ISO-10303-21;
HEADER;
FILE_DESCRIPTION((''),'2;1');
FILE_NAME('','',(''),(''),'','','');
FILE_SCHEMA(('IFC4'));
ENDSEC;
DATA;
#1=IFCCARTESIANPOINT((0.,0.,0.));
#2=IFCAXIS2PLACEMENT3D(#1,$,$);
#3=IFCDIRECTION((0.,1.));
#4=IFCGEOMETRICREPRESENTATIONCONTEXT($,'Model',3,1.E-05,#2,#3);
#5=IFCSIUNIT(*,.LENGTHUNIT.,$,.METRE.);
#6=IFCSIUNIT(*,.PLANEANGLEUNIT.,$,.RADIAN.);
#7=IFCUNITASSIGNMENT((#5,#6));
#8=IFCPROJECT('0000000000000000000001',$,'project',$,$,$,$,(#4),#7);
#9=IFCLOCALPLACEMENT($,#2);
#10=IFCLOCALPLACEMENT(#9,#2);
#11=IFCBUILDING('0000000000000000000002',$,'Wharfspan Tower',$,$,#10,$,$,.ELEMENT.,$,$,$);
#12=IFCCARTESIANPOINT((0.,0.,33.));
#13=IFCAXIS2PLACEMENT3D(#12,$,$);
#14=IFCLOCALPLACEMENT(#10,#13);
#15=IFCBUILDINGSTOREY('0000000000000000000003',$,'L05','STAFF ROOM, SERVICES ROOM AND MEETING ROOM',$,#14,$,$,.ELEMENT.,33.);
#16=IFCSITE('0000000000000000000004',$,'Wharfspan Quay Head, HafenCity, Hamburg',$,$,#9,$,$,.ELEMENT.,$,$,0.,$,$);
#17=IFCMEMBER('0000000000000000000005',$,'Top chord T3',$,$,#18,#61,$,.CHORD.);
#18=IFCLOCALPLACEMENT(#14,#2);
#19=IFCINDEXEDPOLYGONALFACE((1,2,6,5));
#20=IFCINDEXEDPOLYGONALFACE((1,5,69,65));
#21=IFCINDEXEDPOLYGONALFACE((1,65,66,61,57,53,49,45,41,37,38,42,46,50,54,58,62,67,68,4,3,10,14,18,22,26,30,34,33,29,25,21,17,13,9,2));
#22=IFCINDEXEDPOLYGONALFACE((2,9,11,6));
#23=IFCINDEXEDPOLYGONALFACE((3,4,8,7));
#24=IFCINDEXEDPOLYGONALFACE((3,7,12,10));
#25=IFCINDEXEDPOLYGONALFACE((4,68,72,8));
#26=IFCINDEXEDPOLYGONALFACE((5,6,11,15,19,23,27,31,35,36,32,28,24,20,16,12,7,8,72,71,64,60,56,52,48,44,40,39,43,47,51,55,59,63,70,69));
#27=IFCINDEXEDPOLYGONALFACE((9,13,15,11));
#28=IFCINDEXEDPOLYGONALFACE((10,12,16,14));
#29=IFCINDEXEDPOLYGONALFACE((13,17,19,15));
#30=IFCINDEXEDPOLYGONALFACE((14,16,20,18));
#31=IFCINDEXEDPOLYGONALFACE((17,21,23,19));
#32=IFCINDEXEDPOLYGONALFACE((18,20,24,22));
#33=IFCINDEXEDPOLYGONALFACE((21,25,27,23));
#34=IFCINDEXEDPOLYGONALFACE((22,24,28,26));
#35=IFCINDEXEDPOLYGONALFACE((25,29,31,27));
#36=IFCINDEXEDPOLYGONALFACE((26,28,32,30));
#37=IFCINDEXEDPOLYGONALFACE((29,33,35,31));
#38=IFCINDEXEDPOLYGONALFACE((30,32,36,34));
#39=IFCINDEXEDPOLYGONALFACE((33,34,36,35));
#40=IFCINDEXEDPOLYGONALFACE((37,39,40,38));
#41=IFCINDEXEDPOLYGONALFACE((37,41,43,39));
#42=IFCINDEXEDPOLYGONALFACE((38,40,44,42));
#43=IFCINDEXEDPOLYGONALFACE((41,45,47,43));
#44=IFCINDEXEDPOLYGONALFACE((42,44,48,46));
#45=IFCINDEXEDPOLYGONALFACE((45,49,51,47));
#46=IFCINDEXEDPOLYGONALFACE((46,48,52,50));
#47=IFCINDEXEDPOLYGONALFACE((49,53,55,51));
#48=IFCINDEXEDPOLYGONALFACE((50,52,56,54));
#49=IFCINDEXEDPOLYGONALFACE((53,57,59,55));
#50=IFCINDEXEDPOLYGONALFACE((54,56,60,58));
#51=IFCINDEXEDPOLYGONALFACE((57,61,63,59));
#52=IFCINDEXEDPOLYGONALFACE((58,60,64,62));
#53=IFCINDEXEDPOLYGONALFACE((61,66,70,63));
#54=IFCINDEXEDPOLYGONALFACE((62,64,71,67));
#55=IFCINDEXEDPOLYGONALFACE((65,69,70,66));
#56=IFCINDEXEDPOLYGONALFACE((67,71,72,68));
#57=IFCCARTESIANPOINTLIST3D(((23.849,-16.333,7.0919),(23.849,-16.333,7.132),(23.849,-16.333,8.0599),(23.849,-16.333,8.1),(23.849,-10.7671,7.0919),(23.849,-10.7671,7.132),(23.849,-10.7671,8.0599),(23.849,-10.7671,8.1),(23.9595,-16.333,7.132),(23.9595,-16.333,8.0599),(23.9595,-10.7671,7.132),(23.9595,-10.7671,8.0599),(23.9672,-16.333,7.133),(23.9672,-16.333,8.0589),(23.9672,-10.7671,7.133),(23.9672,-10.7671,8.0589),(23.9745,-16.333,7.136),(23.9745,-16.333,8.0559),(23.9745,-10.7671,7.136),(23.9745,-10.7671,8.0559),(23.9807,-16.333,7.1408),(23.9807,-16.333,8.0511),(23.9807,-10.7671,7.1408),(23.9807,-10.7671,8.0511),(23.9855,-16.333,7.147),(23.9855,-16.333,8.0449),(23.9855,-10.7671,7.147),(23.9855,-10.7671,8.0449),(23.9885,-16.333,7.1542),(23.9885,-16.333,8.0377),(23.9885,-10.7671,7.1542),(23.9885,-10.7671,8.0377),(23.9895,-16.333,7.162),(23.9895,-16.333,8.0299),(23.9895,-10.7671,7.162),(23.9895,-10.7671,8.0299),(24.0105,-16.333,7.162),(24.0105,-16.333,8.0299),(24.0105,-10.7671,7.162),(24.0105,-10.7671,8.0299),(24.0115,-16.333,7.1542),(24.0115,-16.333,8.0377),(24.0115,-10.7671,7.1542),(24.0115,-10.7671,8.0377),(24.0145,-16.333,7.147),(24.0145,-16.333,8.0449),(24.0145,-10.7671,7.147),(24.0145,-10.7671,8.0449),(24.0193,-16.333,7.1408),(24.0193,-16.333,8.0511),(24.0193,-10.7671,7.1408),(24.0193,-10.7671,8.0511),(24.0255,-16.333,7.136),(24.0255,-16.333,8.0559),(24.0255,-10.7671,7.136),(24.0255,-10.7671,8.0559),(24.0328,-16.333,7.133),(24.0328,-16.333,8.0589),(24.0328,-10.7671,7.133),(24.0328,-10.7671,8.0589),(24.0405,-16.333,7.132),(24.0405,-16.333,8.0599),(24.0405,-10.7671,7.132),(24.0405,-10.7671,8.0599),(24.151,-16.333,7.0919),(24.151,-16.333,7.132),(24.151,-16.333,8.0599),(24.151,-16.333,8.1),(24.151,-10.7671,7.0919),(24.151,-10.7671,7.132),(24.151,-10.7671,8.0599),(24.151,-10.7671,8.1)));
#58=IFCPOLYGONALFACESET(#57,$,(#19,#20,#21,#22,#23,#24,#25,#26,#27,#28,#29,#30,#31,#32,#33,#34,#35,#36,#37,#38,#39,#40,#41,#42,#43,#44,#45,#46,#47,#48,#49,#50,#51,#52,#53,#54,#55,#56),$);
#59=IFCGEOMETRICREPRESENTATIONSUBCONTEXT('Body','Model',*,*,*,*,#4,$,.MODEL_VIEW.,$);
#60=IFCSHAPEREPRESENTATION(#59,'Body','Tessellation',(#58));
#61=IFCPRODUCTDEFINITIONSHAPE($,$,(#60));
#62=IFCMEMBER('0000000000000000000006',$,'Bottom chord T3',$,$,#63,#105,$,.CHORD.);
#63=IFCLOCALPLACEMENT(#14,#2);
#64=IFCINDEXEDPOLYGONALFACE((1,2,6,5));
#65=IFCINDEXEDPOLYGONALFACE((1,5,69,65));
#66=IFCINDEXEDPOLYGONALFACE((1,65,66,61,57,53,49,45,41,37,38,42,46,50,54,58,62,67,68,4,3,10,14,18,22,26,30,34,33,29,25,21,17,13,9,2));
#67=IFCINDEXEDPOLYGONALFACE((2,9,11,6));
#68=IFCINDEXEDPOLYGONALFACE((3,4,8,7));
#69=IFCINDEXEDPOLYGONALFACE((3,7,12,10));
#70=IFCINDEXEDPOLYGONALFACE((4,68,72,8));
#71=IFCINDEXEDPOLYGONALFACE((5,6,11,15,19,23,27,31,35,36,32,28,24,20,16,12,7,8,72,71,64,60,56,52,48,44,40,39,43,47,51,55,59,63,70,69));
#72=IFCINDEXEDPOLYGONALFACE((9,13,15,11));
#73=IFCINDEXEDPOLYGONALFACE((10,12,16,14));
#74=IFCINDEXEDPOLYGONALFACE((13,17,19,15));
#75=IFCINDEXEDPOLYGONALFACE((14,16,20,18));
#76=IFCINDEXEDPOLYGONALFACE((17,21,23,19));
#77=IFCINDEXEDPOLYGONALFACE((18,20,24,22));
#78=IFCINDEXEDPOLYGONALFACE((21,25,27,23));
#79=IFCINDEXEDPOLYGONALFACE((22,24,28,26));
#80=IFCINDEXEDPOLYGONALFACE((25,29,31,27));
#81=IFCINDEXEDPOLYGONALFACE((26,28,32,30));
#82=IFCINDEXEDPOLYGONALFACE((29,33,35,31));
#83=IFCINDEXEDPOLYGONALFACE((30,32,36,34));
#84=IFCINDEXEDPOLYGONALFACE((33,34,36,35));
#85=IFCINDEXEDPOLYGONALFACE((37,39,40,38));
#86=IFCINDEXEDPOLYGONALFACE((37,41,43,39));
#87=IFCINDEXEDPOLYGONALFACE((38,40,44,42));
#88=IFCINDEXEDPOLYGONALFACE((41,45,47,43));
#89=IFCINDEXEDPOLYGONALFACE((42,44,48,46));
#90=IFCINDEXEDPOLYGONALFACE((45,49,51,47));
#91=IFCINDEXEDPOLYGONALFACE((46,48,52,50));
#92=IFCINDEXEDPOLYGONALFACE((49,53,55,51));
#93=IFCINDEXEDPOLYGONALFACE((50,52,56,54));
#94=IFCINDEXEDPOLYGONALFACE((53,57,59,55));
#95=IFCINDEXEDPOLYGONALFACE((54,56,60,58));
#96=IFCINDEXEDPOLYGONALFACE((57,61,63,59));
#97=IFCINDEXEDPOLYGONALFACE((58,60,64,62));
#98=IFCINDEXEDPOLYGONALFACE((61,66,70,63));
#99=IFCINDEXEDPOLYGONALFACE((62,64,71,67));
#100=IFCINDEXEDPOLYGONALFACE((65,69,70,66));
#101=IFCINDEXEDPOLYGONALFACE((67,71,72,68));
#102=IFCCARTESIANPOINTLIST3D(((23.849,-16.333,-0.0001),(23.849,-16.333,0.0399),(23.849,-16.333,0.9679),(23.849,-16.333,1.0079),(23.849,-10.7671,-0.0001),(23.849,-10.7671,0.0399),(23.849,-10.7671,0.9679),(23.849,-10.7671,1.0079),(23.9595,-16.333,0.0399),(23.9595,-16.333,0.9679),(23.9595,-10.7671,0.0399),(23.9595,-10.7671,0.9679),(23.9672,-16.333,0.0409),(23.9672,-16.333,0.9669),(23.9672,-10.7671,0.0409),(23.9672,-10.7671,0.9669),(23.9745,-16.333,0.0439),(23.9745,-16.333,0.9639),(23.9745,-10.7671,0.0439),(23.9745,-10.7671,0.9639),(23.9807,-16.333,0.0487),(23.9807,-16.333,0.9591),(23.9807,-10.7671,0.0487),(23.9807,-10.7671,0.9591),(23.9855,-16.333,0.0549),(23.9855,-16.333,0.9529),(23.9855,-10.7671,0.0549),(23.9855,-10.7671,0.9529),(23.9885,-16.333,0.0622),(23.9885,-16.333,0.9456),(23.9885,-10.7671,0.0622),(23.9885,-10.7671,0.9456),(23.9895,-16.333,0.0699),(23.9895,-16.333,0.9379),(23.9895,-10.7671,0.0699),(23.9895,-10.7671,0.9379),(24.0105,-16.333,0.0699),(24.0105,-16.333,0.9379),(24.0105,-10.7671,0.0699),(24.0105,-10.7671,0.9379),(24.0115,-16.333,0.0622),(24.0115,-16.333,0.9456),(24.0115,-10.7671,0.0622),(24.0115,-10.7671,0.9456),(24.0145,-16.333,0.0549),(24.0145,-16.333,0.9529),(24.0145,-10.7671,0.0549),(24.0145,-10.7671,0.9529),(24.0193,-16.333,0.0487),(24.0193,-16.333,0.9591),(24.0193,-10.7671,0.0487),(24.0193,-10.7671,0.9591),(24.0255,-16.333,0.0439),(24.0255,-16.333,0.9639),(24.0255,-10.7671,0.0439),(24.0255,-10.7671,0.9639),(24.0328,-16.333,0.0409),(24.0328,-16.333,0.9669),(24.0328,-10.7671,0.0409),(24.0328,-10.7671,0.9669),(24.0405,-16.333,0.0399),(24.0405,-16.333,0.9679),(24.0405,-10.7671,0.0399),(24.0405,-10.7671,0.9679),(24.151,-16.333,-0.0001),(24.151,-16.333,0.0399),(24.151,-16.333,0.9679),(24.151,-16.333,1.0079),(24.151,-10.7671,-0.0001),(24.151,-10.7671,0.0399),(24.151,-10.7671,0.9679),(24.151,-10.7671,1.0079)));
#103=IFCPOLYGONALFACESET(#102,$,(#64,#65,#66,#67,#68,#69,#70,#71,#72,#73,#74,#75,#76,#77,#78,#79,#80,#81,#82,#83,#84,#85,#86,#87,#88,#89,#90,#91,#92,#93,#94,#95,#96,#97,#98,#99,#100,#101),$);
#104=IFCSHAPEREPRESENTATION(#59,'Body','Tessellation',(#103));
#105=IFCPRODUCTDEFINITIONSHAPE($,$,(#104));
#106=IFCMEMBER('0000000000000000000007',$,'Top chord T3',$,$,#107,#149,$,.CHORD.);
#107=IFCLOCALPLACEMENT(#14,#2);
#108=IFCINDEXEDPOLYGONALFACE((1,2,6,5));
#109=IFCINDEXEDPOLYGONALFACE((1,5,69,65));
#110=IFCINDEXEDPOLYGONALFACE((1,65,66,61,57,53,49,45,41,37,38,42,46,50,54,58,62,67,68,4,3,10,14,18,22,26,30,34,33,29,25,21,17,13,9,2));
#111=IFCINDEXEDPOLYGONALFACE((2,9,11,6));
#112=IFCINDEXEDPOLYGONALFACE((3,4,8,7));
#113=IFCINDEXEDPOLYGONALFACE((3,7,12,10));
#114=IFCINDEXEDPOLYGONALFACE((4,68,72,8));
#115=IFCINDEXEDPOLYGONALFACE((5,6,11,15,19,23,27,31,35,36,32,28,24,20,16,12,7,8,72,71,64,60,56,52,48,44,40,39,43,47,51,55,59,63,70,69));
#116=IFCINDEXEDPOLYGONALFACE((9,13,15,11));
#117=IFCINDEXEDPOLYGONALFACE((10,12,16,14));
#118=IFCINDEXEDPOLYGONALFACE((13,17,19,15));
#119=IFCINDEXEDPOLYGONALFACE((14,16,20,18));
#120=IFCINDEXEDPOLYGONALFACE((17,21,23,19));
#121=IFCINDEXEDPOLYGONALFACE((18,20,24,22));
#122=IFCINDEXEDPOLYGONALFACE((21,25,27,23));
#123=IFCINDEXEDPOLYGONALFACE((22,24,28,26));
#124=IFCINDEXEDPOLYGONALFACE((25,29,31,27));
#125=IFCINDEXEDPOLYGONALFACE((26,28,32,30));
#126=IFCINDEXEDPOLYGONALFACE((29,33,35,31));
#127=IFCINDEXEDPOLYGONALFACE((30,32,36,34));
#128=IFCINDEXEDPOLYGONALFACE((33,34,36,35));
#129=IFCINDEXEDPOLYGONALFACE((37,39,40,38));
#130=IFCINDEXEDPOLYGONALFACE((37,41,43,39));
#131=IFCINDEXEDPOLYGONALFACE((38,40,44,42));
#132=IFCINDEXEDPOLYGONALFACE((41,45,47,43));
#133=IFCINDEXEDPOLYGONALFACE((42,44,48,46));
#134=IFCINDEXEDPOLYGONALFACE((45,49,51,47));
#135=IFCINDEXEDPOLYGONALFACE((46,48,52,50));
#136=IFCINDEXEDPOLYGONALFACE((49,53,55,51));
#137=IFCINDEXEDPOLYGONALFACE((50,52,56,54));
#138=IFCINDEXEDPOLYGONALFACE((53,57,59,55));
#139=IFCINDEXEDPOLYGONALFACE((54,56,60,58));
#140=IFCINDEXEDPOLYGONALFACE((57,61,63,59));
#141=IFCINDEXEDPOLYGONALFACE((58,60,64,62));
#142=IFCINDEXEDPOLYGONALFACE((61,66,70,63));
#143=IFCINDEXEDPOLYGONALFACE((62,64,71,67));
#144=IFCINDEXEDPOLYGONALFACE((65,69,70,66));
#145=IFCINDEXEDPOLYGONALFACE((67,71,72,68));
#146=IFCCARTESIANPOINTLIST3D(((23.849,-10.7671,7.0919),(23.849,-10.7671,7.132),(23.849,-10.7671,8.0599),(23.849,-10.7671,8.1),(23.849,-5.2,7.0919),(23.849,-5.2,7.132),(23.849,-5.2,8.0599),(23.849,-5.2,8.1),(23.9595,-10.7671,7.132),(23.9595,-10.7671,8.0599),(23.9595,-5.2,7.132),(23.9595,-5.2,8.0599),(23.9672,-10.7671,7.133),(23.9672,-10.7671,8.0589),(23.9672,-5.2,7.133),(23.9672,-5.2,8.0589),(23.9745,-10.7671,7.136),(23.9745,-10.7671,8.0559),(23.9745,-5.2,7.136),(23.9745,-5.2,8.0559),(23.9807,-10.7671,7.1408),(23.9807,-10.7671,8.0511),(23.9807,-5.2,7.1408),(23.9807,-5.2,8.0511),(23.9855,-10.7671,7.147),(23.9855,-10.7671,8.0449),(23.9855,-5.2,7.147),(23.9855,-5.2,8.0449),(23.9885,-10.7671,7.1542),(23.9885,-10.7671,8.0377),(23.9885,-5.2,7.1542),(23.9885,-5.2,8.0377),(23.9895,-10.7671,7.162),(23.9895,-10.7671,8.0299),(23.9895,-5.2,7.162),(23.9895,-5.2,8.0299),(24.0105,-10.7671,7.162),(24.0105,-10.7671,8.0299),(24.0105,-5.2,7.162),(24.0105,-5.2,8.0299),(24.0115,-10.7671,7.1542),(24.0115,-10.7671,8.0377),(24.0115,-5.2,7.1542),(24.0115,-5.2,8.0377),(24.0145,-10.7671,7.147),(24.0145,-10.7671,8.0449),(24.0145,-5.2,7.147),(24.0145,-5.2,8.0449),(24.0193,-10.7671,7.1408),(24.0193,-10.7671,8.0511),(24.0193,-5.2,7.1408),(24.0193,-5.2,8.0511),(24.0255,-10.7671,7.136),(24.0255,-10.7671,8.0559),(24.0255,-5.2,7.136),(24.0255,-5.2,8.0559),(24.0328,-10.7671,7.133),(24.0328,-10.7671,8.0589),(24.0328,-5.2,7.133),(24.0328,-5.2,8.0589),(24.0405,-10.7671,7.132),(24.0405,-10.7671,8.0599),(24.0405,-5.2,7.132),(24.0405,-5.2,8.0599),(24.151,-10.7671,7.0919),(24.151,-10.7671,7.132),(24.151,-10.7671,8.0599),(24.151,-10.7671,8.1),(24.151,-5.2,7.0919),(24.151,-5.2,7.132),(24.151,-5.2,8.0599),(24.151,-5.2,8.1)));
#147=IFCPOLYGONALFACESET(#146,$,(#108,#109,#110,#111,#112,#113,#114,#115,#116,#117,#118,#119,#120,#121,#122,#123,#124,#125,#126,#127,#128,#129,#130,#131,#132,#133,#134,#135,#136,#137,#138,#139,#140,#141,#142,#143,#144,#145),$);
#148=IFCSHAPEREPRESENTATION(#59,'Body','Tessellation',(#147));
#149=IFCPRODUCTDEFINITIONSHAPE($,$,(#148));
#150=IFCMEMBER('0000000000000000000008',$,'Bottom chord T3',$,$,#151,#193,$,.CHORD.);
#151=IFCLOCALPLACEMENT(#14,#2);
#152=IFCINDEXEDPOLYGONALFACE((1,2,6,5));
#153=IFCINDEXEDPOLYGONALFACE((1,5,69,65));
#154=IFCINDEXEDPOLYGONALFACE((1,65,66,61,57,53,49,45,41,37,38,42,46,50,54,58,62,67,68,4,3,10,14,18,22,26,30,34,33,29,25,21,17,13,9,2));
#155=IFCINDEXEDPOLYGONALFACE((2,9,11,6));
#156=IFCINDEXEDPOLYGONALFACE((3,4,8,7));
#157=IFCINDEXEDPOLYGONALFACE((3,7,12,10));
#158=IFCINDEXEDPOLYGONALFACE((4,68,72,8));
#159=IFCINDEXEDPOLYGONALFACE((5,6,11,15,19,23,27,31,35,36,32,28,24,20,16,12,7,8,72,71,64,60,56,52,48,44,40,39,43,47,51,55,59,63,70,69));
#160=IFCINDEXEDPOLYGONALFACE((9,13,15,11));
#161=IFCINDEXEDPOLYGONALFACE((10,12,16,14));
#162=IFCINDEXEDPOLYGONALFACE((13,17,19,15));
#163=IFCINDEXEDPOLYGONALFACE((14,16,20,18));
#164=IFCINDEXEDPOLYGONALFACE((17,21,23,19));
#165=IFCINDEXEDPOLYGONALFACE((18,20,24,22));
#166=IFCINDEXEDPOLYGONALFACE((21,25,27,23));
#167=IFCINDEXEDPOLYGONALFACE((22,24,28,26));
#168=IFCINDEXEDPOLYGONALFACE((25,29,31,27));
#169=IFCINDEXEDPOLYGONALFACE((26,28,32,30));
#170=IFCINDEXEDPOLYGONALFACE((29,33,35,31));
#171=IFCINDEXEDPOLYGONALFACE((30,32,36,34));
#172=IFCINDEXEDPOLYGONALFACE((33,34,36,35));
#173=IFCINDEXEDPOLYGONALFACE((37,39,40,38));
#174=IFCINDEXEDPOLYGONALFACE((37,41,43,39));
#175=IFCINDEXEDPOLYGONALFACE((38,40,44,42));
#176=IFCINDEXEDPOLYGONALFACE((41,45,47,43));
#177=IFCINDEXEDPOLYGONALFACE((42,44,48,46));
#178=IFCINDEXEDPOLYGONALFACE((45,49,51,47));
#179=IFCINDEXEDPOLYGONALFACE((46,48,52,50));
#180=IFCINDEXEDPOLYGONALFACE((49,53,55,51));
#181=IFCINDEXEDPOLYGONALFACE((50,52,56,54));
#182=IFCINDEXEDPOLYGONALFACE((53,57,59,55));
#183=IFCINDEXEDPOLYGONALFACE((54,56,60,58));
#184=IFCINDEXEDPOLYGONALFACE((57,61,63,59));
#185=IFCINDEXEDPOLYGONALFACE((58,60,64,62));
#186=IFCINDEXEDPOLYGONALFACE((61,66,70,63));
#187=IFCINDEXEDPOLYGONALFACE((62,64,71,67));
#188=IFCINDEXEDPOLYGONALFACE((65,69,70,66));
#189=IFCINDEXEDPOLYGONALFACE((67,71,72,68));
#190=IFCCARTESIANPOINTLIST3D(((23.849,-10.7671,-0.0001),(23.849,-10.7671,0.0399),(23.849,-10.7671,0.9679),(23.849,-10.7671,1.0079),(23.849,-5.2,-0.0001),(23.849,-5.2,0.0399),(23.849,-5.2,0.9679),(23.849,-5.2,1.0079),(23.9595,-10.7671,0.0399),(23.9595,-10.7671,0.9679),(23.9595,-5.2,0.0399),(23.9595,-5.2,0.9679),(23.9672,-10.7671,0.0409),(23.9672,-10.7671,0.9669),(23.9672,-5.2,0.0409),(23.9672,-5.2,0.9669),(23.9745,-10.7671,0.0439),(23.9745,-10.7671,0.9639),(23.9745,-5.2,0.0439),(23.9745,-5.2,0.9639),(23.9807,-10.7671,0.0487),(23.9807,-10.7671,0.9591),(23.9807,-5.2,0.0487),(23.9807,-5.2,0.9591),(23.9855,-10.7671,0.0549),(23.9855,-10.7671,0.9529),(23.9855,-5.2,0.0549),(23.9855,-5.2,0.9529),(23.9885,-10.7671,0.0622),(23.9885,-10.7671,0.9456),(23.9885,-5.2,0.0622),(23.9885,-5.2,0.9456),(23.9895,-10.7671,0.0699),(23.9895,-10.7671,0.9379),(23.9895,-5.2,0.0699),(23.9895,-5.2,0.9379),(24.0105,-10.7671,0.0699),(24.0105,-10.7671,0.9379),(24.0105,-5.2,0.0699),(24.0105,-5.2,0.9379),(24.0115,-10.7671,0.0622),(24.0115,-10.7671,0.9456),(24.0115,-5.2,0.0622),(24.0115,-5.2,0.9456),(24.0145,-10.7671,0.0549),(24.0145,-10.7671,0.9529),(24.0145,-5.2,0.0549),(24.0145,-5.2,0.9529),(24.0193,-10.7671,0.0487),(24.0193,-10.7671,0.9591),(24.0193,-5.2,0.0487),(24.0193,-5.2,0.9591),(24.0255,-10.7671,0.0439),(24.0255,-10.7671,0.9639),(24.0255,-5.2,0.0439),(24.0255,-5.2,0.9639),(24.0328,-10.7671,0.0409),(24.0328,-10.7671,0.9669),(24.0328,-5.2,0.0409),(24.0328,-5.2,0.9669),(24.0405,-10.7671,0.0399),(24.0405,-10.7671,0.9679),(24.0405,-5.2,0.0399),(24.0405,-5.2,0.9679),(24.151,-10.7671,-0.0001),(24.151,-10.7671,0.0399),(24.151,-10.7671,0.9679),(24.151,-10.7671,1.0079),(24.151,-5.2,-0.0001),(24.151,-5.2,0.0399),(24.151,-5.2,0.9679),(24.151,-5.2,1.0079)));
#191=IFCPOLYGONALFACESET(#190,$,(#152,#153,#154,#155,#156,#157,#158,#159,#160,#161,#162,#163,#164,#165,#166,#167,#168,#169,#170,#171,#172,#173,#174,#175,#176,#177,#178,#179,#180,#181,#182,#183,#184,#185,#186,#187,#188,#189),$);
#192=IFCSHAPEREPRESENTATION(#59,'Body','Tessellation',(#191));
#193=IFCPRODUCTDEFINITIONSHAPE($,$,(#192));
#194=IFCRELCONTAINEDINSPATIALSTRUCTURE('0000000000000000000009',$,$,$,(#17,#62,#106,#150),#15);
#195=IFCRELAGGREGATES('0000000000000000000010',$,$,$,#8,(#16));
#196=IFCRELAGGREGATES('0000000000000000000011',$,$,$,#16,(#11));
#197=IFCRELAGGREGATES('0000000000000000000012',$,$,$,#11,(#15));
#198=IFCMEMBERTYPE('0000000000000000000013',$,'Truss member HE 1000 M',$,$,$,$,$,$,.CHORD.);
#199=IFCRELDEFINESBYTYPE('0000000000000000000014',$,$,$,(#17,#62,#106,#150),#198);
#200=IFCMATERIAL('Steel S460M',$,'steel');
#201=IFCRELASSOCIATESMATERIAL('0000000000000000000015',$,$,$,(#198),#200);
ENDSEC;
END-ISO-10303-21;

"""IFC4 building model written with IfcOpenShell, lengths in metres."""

from ifc_helpers import new_model, si_unit, direction, frame, origin, origin_2d, place, context, subcontext, project, spatial, i_section, extrude, material, material_profile, profile_set, type_object, element, save


model = new_model("IFC4")

# Units and contexts
model_context = context("Model", 3, precision=1e-05, world=origin(), true_north=direction((0.0, 1.0)))
body_context = subcontext(model_context, "Body", "Model", "MODEL_VIEW")
ifc_project = project(units=[si_unit("LENGTHUNIT", "METRE"), si_unit("PLANEANGLEUNIT", "RADIAN")], contexts=[model_context])

# Site, building, storey
site_placement = place(None, origin())
site = spatial("IfcSite", under=ifc_project, at=site_placement, Name="Wharfspan Quay Head, HafenCity, Hamburg", CompositionType="ELEMENT", RefElevation=0.0)
building_placement = place(site_placement, origin())
building = spatial("IfcBuilding", under=site, at=building_placement, Name="Wharfspan Tower", CompositionType="ELEMENT")
storey_placement = place(building_placement, frame((0.0, 0.0, 33.0)))
storey = spatial("IfcBuildingStorey", under=building, at=storey_placement, Name="L05", Description="STAFF ROOM, SERVICES ROOM AND MEETING ROOM", CompositionType="ELEMENT", Elevation=33.0)

# Members
ifc_material_1 = material(Name="Steel S460M", Category="steel")
ifc_material_profile_1 = material_profile(ifc_material_1, i_section(OverallWidth=0.302, OverallDepth=1.0081, WebThickness=0.021, FlangeThickness=0.04, FilletRadius=0.03, at=origin_2d()))
ifc_profile_set_1 = profile_set([ifc_material_profile_1], Name="Steel S460M")
member_type_1 = type_object("IfcMemberType", Name="Truss member HE 1000 M", PredefinedType="CHORD", material=ifc_profile_set_1)
for number, where, z_axis, x_axis, name in (
    (1, (24.0, -16.333, 7.5959), (0.0, 1.0, 0.0), (-1.0, 0.0, 0.0), "Top chord T3"),
    (2, (24.0, -16.333, 0.5039), (0.0, 1.0, 0.0), (-1.0, 0.0, 0.0), "Bottom chord T3"),
):
    element("IfcMember", number, at=place(storey_placement, frame(where, z_axis=z_axis, x_axis=x_axis)), inside=storey, type_object=member_type_1, Name=name, PredefinedType="CHORD", context=body_context, shape_type="SweptSolid", body=[
        extrude(i_section(OverallWidth=0.302, OverallDepth=1.0081, WebThickness=0.021, FlangeThickness=0.04, FilletRadius=0.03, at=origin_2d()), origin(), (0.0, 0.0, 1.0), 5.5659),
    ])
for number, where, z_axis, x_axis, name in (
    (3, (24.0, -10.7671, 7.5959), (0.0, 1.0, 0.0), (-1.0, 0.0, 0.0), "Top chord T3"),
    (4, (24.0, -10.7671, 0.5039), (0.0, 1.0, 0.0), (-1.0, 0.0, 0.0), "Bottom chord T3"),
):
    element("IfcMember", number, at=place(storey_placement, frame(where, z_axis=z_axis, x_axis=x_axis)), inside=storey, type_object=member_type_1, Name=name, PredefinedType="CHORD", context=body_context, shape_type="SweptSolid", body=[
        extrude(i_section(OverallWidth=0.302, OverallDepth=1.0081, WebThickness=0.021, FlangeThickness=0.04, FilletRadius=0.03, at=origin_2d()), origin(), (0.0, 0.0, 1.0), 5.5671),
    ])

save(model, "model.ifc")
